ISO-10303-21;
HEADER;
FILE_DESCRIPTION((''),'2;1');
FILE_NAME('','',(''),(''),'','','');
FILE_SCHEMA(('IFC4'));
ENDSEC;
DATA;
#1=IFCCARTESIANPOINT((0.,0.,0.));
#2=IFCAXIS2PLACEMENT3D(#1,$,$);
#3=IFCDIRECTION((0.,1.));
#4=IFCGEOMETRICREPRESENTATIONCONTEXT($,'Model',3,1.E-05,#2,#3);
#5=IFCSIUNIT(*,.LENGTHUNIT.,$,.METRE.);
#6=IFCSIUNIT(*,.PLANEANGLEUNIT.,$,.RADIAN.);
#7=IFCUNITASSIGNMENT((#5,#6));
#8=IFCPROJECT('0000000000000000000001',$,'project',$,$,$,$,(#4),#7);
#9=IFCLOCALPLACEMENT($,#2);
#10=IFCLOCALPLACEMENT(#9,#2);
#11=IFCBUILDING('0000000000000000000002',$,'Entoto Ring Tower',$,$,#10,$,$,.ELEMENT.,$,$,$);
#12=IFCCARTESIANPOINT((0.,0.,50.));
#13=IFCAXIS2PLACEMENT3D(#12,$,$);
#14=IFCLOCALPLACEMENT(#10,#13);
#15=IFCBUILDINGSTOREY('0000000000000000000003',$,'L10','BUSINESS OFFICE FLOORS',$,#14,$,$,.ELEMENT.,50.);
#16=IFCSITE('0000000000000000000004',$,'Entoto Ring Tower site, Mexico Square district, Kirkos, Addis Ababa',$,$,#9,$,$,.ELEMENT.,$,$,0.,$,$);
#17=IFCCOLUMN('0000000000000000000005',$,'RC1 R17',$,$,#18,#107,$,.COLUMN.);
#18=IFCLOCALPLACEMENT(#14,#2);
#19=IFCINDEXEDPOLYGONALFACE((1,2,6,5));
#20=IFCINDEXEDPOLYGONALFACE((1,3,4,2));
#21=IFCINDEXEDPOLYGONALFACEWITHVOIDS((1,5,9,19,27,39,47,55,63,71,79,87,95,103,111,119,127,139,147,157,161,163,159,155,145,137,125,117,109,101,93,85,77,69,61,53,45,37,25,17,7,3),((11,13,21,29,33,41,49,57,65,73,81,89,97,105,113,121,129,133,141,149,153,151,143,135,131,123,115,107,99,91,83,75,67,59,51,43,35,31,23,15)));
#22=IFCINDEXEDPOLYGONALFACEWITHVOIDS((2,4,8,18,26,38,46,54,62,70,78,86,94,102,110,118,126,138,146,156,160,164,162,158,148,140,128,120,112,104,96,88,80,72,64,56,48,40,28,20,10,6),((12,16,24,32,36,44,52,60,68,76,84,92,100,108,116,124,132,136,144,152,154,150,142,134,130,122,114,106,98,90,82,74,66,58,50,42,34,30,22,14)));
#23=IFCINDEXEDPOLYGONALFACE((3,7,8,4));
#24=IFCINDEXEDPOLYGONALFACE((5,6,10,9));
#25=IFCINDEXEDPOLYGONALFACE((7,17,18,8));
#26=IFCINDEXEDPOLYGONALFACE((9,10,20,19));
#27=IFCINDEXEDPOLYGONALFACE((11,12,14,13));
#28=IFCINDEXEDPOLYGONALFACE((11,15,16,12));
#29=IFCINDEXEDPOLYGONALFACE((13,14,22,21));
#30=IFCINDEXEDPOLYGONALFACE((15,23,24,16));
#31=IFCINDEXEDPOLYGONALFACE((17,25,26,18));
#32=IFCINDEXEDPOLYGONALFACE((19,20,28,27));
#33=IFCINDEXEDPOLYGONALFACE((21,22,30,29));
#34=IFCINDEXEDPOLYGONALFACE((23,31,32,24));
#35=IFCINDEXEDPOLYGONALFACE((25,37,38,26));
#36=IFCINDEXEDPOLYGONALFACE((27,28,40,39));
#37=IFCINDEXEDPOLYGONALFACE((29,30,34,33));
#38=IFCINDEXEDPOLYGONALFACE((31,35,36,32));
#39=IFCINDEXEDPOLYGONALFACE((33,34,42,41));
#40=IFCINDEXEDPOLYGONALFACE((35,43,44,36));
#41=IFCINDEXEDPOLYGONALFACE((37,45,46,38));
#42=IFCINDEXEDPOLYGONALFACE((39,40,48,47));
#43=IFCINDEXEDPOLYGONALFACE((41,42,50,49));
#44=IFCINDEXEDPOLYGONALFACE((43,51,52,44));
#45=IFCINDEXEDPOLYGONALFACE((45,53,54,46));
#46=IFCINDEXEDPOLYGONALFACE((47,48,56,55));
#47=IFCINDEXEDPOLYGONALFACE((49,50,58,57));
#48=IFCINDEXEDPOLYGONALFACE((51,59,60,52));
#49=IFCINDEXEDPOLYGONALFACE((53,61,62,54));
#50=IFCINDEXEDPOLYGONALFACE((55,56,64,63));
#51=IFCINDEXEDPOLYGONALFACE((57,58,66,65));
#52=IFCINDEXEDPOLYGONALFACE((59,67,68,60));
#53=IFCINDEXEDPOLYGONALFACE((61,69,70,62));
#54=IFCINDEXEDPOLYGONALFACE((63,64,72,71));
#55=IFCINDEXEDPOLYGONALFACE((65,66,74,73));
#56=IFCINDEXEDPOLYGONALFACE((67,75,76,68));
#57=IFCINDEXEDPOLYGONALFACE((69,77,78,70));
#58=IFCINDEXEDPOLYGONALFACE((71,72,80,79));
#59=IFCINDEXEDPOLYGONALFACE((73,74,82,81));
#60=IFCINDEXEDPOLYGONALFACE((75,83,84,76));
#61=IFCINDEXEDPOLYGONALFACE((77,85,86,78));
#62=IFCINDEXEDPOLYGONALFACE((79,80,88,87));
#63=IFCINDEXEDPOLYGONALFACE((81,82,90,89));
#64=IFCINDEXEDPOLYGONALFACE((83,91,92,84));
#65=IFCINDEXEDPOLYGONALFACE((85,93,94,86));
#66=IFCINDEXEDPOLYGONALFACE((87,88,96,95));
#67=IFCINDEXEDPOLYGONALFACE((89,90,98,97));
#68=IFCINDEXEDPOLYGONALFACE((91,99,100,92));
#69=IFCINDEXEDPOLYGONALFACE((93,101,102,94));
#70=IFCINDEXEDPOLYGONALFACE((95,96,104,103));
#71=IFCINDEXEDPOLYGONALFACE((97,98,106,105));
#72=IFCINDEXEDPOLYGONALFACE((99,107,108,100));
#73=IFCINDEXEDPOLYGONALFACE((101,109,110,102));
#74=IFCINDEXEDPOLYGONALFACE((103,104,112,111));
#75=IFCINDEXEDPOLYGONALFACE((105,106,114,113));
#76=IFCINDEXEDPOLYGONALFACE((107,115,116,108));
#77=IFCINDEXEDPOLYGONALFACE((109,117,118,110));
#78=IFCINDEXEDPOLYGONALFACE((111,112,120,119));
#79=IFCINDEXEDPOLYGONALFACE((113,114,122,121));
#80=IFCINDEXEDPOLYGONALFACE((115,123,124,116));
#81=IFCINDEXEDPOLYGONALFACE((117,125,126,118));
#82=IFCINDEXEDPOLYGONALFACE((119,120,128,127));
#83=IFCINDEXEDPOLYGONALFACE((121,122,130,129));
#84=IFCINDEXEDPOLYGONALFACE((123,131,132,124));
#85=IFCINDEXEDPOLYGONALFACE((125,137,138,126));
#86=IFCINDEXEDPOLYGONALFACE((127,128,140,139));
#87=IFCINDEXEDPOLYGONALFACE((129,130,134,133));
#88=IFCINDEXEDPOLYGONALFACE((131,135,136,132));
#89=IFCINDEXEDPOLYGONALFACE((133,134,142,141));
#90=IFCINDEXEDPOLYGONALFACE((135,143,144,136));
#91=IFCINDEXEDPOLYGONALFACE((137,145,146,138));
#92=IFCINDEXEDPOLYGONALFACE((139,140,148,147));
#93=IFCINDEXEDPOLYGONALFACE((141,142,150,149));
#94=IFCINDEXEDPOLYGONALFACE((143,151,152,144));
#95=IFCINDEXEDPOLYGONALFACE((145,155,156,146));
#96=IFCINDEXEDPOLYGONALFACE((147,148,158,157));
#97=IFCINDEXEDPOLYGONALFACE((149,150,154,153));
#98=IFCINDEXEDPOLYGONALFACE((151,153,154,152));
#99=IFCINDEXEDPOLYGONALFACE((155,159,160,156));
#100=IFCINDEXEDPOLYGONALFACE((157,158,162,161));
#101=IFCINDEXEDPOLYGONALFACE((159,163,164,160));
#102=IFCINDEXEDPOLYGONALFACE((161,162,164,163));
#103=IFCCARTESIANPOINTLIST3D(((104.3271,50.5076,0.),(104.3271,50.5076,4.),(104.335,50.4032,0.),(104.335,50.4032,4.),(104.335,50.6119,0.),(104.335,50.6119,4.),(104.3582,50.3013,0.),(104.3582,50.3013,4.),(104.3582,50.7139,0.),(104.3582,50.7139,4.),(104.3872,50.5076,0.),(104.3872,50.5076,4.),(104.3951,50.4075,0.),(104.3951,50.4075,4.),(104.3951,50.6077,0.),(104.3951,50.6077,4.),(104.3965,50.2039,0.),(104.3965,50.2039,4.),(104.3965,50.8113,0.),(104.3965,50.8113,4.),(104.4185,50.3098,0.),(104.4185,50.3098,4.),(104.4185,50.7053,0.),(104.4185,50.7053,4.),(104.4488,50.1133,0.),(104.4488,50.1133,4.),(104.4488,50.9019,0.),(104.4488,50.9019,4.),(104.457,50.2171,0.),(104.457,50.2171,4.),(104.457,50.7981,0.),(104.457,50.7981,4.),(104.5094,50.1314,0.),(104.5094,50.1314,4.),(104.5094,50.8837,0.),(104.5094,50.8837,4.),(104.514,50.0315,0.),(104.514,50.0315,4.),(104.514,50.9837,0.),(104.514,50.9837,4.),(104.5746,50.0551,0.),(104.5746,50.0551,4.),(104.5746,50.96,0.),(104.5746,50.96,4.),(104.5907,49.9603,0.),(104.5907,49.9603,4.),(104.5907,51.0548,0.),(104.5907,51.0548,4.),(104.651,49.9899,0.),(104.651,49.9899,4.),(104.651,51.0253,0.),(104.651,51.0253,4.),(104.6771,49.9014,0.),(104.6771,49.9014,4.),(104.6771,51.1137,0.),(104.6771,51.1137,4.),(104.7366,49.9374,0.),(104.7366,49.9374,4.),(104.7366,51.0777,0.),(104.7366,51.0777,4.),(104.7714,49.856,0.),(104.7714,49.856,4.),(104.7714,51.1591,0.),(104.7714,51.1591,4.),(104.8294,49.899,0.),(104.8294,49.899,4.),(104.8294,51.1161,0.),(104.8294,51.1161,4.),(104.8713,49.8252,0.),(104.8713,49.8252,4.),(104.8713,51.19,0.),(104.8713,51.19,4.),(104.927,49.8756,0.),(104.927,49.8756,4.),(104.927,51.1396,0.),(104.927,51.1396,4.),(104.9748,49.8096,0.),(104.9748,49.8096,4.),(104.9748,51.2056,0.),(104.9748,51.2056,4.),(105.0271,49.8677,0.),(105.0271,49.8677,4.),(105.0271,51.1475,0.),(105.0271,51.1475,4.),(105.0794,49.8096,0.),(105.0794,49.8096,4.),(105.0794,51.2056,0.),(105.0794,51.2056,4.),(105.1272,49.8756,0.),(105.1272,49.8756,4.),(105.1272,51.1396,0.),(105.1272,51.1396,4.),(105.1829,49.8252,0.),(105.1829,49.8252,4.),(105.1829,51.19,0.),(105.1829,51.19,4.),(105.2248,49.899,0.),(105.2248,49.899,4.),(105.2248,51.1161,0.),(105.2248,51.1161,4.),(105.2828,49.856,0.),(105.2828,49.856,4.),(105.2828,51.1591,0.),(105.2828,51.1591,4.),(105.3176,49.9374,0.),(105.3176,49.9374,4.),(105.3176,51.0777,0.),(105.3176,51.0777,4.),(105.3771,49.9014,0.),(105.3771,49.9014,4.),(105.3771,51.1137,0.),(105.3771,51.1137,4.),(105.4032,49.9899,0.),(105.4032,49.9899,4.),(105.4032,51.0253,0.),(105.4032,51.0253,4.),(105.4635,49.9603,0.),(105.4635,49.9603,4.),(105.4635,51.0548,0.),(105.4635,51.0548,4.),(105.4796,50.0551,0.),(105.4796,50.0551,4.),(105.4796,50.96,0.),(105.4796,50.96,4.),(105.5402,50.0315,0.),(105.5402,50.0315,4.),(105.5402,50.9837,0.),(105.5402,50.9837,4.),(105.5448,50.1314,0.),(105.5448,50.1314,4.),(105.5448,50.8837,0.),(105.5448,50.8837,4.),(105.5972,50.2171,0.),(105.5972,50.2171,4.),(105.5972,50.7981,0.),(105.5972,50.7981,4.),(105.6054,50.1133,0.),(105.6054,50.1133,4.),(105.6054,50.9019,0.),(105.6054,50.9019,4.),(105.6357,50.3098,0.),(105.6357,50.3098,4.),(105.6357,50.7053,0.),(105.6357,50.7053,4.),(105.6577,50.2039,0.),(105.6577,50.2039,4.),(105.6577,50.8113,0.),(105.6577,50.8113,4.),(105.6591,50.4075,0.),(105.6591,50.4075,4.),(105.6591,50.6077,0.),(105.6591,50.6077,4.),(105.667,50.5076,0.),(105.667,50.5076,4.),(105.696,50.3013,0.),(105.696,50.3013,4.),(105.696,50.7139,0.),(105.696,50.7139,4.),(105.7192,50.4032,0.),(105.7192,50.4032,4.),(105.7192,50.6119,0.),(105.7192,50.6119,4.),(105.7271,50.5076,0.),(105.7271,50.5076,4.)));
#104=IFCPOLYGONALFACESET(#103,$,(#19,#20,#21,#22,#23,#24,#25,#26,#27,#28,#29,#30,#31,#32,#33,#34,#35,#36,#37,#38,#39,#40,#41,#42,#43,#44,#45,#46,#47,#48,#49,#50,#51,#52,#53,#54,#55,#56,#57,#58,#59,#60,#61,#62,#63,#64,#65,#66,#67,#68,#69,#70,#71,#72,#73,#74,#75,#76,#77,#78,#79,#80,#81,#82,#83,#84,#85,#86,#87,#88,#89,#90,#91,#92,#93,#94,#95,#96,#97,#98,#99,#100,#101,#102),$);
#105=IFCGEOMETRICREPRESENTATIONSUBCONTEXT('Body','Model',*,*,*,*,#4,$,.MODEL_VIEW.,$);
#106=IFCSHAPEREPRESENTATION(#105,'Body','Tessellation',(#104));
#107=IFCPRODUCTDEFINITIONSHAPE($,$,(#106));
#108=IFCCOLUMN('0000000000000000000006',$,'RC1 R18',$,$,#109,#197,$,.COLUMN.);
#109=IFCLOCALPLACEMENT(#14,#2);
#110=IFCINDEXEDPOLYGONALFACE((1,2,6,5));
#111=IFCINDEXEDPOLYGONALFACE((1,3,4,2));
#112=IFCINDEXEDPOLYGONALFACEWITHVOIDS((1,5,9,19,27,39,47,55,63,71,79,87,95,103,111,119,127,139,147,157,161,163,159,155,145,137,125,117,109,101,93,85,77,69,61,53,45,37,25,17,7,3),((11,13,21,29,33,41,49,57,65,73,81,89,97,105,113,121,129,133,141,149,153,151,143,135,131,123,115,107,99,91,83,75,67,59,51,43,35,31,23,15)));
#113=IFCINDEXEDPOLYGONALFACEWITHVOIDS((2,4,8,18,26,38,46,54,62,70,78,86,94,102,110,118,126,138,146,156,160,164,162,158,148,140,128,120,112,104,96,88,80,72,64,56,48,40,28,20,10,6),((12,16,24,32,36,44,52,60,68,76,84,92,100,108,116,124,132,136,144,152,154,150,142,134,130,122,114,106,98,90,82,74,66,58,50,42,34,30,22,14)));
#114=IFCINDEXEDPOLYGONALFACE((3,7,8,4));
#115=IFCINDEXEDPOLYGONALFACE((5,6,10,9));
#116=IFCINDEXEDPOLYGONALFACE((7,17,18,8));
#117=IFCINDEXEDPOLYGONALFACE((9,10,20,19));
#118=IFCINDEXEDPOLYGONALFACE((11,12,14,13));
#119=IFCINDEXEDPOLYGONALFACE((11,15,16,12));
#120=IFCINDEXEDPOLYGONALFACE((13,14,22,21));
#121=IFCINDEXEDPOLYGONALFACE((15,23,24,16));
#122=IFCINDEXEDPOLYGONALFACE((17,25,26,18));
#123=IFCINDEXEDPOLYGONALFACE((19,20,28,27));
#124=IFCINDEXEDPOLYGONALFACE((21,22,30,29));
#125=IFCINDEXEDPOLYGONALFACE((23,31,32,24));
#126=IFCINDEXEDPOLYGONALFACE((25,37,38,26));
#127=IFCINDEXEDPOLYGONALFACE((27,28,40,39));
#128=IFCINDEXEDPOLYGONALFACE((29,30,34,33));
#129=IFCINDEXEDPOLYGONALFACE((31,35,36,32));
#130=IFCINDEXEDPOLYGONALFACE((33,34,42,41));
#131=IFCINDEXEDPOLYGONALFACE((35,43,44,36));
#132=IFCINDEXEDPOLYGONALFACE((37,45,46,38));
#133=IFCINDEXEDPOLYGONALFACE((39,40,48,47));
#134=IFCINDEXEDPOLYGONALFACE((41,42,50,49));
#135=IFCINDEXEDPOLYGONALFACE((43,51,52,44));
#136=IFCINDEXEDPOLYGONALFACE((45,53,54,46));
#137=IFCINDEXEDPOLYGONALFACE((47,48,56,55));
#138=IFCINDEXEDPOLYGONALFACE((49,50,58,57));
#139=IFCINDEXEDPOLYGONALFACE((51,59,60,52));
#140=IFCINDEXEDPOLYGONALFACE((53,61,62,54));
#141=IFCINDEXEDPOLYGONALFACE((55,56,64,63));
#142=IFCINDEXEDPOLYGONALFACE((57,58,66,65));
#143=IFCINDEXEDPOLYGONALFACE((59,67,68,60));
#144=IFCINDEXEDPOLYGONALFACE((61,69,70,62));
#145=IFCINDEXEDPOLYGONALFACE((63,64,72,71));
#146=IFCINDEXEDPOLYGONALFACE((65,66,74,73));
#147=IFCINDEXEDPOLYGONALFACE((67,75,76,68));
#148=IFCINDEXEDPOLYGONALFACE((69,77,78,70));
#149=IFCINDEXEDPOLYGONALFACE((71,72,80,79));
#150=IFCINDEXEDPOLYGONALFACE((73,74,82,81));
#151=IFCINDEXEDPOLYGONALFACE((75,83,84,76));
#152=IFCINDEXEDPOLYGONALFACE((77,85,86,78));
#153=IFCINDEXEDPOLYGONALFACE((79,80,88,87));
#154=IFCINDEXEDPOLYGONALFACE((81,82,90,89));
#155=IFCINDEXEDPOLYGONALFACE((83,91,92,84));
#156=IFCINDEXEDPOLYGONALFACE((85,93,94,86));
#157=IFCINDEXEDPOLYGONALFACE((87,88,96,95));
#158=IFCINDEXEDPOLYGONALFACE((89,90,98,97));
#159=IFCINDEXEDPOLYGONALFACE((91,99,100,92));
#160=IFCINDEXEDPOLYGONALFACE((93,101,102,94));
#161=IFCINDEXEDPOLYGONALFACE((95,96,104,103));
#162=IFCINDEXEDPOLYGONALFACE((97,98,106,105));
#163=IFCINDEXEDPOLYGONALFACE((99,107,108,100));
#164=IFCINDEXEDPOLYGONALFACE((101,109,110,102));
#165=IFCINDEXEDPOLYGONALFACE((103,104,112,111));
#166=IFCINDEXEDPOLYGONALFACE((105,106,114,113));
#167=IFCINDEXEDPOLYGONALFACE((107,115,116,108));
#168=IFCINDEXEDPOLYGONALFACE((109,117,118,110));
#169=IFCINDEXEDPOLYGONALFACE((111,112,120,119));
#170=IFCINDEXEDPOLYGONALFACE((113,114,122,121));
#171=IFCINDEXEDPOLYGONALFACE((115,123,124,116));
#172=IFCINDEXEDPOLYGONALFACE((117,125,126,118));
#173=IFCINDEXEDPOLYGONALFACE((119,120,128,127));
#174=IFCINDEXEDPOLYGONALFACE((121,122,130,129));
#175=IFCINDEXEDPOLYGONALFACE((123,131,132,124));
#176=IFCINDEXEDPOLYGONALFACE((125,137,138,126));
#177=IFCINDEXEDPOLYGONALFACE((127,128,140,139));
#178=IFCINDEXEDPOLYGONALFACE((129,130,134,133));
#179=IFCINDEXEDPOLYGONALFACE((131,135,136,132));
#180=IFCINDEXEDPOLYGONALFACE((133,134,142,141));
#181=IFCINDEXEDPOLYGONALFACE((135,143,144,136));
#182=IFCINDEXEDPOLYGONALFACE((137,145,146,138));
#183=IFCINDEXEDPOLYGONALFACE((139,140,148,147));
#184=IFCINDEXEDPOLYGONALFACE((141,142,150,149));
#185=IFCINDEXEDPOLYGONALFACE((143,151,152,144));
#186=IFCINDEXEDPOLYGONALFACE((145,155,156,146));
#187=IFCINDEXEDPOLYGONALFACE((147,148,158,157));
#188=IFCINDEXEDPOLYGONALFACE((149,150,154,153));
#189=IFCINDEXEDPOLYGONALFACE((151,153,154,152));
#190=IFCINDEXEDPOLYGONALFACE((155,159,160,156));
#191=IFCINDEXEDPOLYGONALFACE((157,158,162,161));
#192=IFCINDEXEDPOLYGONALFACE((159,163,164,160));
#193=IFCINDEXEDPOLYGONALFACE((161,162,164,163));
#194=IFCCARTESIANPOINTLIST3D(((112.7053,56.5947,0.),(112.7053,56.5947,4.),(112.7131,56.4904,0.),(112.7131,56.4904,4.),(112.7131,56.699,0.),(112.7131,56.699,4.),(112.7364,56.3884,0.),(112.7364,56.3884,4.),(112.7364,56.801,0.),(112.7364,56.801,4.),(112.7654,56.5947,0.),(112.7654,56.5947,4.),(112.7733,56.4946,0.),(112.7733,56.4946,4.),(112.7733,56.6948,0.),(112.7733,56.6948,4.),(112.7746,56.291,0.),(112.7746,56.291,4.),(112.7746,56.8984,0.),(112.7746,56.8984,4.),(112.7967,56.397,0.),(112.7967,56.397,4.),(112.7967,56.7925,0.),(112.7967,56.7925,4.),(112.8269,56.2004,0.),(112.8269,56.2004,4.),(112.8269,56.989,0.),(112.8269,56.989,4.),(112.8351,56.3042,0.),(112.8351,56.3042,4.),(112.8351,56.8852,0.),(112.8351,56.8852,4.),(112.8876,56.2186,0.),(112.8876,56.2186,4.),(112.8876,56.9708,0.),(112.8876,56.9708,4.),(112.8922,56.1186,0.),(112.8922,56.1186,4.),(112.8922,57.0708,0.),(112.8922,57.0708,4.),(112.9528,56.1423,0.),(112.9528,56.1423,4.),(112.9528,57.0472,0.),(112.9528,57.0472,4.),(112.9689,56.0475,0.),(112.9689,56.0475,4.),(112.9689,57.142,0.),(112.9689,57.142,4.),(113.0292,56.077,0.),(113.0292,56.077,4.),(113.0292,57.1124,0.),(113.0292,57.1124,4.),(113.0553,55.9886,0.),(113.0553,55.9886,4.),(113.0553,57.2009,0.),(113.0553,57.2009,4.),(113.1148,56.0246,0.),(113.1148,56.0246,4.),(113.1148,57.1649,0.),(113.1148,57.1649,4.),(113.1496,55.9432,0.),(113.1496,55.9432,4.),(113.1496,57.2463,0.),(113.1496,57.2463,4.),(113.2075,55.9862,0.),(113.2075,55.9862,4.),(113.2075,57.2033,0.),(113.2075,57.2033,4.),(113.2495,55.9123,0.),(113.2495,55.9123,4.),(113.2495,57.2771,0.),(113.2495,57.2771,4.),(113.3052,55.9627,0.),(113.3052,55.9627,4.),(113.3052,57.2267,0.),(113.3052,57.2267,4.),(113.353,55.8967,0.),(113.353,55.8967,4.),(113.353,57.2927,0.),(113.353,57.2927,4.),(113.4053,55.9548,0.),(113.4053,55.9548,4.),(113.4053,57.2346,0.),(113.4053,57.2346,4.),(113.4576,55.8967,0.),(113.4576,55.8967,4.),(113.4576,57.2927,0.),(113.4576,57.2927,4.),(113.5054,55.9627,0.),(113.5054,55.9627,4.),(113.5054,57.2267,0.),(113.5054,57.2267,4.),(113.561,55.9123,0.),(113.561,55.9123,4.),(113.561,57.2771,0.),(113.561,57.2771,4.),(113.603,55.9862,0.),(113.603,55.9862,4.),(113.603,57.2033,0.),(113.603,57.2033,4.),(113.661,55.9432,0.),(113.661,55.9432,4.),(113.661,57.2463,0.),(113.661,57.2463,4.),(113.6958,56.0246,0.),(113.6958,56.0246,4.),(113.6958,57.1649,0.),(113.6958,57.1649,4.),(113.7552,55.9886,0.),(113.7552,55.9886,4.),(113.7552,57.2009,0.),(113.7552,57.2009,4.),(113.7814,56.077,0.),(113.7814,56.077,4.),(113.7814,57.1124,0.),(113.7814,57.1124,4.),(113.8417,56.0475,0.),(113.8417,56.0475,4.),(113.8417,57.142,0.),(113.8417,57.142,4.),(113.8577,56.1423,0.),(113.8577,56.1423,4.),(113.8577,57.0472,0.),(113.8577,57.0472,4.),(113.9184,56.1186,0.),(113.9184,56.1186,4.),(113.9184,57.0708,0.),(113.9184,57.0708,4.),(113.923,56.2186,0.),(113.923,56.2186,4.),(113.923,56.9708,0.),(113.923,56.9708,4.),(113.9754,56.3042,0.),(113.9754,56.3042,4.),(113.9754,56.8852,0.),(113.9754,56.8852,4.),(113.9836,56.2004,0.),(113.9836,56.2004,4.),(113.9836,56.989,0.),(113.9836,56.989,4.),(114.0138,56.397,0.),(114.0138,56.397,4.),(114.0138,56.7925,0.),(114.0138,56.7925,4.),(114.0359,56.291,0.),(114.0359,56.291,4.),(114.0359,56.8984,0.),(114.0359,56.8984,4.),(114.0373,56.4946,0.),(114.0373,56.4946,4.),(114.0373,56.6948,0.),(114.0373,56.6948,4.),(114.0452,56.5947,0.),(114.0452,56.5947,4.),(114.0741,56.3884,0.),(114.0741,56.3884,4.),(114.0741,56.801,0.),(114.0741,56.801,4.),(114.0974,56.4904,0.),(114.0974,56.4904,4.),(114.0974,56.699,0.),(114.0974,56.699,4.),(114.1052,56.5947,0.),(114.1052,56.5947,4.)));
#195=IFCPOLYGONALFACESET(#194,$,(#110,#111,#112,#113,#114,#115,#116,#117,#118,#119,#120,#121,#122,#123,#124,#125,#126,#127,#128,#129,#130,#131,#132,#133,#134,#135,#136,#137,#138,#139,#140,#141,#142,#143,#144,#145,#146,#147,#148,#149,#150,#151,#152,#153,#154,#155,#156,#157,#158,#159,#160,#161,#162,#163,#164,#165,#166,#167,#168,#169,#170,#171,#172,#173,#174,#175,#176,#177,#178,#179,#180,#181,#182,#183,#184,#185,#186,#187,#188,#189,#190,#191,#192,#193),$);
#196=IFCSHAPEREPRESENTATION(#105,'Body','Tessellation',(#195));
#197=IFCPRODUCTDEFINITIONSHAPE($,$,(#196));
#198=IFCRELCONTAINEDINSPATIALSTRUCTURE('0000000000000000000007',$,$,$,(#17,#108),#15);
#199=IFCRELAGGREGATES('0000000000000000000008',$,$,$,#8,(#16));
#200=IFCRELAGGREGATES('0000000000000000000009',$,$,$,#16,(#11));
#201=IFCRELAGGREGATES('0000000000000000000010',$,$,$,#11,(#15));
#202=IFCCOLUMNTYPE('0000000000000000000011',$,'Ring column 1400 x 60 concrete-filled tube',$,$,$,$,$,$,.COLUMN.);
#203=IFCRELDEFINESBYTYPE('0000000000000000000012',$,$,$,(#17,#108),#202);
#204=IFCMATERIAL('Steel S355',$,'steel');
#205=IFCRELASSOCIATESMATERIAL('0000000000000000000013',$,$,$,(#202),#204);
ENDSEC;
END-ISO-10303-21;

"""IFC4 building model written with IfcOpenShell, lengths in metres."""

from ifc_helpers import new_model, si_unit, direction, frame, origin, origin_2d, place, context, subcontext, project, spatial, circle, hollow_circle, extrude, material, material_profile, profile_set, type_object, element, save


model = new_model("IFC4")

# Units and contexts
model_context = context("Model", 3, precision=1e-05, world=origin(), true_north=direction((0.0, 1.0)))
body_context = subcontext(model_context, "Body", "Model", "MODEL_VIEW")
ifc_project = project(units=[si_unit("LENGTHUNIT", "METRE"), si_unit("PLANEANGLEUNIT", "RADIAN")], contexts=[model_context])

# Site, building, storey
site_placement = place(None, origin())
site = spatial("IfcSite", under=ifc_project, at=site_placement, Name="Entoto Ring Tower site, Mexico Square district, Kirkos, Addis Ababa", CompositionType="ELEMENT", RefElevation=0.0)
building_placement = place(site_placement, origin())
building = spatial("IfcBuilding", under=site, at=building_placement, Name="Entoto Ring Tower", CompositionType="ELEMENT")
storey_placement = place(building_placement, frame((0.0, 0.0, 50.0)))
storey = spatial("IfcBuildingStorey", under=building, at=storey_placement, Name="L10", Description="BUSINESS OFFICE FLOORS", CompositionType="ELEMENT", Elevation=50.0)

# Columns
ifc_material_1 = material(Name="Steel S355", Category="steel")
ifc_material_profile_1 = material_profile(ifc_material_1, hollow_circle(Radius=0.7, WallThickness=0.0601, at=origin_2d()), Name="CHS 1400 x 60")
ifc_material_2 = material(Name="Concrete C60/75", Category="concrete")
ifc_material_profile_2 = material_profile(ifc_material_2, circle(Radius=0.6399, at=origin_2d()), Name="Concrete C60/75 infill")
ifc_profile_set_1 = profile_set([ifc_material_profile_1, ifc_material_profile_2], Name="Steel S355")
column_type = type_object("IfcColumnType", Name="Ring column 1400 x 60 concrete-filled tube", PredefinedType="COLUMN", material=ifc_profile_set_1)
for number, where, z_axis, x_axis, name in (
    (1, (105.0271, 50.5076, 0.0), (0.0, 0.0, 1.0), (1.0, 0.0, 0.0), "RC1 R17"),
    (2, (113.4053, 56.5947, 0.0), (0.0, 0.0, 1.0), (1.0, 0.0, 0.0), "RC1 R18"),
):
    element("IfcColumn", number, at=place(storey_placement, frame(where, z_axis=z_axis, x_axis=x_axis)), inside=storey, type_object=column_type, Name=name, PredefinedType="COLUMN", context=body_context, shape_type="SweptSolid", body=[
        extrude(hollow_circle(Radius=0.7, WallThickness=0.0601, at=origin_2d()), origin(), (0.0, 0.0, 1.0), 4.0),
    ])

save(model, "model.ifc")
